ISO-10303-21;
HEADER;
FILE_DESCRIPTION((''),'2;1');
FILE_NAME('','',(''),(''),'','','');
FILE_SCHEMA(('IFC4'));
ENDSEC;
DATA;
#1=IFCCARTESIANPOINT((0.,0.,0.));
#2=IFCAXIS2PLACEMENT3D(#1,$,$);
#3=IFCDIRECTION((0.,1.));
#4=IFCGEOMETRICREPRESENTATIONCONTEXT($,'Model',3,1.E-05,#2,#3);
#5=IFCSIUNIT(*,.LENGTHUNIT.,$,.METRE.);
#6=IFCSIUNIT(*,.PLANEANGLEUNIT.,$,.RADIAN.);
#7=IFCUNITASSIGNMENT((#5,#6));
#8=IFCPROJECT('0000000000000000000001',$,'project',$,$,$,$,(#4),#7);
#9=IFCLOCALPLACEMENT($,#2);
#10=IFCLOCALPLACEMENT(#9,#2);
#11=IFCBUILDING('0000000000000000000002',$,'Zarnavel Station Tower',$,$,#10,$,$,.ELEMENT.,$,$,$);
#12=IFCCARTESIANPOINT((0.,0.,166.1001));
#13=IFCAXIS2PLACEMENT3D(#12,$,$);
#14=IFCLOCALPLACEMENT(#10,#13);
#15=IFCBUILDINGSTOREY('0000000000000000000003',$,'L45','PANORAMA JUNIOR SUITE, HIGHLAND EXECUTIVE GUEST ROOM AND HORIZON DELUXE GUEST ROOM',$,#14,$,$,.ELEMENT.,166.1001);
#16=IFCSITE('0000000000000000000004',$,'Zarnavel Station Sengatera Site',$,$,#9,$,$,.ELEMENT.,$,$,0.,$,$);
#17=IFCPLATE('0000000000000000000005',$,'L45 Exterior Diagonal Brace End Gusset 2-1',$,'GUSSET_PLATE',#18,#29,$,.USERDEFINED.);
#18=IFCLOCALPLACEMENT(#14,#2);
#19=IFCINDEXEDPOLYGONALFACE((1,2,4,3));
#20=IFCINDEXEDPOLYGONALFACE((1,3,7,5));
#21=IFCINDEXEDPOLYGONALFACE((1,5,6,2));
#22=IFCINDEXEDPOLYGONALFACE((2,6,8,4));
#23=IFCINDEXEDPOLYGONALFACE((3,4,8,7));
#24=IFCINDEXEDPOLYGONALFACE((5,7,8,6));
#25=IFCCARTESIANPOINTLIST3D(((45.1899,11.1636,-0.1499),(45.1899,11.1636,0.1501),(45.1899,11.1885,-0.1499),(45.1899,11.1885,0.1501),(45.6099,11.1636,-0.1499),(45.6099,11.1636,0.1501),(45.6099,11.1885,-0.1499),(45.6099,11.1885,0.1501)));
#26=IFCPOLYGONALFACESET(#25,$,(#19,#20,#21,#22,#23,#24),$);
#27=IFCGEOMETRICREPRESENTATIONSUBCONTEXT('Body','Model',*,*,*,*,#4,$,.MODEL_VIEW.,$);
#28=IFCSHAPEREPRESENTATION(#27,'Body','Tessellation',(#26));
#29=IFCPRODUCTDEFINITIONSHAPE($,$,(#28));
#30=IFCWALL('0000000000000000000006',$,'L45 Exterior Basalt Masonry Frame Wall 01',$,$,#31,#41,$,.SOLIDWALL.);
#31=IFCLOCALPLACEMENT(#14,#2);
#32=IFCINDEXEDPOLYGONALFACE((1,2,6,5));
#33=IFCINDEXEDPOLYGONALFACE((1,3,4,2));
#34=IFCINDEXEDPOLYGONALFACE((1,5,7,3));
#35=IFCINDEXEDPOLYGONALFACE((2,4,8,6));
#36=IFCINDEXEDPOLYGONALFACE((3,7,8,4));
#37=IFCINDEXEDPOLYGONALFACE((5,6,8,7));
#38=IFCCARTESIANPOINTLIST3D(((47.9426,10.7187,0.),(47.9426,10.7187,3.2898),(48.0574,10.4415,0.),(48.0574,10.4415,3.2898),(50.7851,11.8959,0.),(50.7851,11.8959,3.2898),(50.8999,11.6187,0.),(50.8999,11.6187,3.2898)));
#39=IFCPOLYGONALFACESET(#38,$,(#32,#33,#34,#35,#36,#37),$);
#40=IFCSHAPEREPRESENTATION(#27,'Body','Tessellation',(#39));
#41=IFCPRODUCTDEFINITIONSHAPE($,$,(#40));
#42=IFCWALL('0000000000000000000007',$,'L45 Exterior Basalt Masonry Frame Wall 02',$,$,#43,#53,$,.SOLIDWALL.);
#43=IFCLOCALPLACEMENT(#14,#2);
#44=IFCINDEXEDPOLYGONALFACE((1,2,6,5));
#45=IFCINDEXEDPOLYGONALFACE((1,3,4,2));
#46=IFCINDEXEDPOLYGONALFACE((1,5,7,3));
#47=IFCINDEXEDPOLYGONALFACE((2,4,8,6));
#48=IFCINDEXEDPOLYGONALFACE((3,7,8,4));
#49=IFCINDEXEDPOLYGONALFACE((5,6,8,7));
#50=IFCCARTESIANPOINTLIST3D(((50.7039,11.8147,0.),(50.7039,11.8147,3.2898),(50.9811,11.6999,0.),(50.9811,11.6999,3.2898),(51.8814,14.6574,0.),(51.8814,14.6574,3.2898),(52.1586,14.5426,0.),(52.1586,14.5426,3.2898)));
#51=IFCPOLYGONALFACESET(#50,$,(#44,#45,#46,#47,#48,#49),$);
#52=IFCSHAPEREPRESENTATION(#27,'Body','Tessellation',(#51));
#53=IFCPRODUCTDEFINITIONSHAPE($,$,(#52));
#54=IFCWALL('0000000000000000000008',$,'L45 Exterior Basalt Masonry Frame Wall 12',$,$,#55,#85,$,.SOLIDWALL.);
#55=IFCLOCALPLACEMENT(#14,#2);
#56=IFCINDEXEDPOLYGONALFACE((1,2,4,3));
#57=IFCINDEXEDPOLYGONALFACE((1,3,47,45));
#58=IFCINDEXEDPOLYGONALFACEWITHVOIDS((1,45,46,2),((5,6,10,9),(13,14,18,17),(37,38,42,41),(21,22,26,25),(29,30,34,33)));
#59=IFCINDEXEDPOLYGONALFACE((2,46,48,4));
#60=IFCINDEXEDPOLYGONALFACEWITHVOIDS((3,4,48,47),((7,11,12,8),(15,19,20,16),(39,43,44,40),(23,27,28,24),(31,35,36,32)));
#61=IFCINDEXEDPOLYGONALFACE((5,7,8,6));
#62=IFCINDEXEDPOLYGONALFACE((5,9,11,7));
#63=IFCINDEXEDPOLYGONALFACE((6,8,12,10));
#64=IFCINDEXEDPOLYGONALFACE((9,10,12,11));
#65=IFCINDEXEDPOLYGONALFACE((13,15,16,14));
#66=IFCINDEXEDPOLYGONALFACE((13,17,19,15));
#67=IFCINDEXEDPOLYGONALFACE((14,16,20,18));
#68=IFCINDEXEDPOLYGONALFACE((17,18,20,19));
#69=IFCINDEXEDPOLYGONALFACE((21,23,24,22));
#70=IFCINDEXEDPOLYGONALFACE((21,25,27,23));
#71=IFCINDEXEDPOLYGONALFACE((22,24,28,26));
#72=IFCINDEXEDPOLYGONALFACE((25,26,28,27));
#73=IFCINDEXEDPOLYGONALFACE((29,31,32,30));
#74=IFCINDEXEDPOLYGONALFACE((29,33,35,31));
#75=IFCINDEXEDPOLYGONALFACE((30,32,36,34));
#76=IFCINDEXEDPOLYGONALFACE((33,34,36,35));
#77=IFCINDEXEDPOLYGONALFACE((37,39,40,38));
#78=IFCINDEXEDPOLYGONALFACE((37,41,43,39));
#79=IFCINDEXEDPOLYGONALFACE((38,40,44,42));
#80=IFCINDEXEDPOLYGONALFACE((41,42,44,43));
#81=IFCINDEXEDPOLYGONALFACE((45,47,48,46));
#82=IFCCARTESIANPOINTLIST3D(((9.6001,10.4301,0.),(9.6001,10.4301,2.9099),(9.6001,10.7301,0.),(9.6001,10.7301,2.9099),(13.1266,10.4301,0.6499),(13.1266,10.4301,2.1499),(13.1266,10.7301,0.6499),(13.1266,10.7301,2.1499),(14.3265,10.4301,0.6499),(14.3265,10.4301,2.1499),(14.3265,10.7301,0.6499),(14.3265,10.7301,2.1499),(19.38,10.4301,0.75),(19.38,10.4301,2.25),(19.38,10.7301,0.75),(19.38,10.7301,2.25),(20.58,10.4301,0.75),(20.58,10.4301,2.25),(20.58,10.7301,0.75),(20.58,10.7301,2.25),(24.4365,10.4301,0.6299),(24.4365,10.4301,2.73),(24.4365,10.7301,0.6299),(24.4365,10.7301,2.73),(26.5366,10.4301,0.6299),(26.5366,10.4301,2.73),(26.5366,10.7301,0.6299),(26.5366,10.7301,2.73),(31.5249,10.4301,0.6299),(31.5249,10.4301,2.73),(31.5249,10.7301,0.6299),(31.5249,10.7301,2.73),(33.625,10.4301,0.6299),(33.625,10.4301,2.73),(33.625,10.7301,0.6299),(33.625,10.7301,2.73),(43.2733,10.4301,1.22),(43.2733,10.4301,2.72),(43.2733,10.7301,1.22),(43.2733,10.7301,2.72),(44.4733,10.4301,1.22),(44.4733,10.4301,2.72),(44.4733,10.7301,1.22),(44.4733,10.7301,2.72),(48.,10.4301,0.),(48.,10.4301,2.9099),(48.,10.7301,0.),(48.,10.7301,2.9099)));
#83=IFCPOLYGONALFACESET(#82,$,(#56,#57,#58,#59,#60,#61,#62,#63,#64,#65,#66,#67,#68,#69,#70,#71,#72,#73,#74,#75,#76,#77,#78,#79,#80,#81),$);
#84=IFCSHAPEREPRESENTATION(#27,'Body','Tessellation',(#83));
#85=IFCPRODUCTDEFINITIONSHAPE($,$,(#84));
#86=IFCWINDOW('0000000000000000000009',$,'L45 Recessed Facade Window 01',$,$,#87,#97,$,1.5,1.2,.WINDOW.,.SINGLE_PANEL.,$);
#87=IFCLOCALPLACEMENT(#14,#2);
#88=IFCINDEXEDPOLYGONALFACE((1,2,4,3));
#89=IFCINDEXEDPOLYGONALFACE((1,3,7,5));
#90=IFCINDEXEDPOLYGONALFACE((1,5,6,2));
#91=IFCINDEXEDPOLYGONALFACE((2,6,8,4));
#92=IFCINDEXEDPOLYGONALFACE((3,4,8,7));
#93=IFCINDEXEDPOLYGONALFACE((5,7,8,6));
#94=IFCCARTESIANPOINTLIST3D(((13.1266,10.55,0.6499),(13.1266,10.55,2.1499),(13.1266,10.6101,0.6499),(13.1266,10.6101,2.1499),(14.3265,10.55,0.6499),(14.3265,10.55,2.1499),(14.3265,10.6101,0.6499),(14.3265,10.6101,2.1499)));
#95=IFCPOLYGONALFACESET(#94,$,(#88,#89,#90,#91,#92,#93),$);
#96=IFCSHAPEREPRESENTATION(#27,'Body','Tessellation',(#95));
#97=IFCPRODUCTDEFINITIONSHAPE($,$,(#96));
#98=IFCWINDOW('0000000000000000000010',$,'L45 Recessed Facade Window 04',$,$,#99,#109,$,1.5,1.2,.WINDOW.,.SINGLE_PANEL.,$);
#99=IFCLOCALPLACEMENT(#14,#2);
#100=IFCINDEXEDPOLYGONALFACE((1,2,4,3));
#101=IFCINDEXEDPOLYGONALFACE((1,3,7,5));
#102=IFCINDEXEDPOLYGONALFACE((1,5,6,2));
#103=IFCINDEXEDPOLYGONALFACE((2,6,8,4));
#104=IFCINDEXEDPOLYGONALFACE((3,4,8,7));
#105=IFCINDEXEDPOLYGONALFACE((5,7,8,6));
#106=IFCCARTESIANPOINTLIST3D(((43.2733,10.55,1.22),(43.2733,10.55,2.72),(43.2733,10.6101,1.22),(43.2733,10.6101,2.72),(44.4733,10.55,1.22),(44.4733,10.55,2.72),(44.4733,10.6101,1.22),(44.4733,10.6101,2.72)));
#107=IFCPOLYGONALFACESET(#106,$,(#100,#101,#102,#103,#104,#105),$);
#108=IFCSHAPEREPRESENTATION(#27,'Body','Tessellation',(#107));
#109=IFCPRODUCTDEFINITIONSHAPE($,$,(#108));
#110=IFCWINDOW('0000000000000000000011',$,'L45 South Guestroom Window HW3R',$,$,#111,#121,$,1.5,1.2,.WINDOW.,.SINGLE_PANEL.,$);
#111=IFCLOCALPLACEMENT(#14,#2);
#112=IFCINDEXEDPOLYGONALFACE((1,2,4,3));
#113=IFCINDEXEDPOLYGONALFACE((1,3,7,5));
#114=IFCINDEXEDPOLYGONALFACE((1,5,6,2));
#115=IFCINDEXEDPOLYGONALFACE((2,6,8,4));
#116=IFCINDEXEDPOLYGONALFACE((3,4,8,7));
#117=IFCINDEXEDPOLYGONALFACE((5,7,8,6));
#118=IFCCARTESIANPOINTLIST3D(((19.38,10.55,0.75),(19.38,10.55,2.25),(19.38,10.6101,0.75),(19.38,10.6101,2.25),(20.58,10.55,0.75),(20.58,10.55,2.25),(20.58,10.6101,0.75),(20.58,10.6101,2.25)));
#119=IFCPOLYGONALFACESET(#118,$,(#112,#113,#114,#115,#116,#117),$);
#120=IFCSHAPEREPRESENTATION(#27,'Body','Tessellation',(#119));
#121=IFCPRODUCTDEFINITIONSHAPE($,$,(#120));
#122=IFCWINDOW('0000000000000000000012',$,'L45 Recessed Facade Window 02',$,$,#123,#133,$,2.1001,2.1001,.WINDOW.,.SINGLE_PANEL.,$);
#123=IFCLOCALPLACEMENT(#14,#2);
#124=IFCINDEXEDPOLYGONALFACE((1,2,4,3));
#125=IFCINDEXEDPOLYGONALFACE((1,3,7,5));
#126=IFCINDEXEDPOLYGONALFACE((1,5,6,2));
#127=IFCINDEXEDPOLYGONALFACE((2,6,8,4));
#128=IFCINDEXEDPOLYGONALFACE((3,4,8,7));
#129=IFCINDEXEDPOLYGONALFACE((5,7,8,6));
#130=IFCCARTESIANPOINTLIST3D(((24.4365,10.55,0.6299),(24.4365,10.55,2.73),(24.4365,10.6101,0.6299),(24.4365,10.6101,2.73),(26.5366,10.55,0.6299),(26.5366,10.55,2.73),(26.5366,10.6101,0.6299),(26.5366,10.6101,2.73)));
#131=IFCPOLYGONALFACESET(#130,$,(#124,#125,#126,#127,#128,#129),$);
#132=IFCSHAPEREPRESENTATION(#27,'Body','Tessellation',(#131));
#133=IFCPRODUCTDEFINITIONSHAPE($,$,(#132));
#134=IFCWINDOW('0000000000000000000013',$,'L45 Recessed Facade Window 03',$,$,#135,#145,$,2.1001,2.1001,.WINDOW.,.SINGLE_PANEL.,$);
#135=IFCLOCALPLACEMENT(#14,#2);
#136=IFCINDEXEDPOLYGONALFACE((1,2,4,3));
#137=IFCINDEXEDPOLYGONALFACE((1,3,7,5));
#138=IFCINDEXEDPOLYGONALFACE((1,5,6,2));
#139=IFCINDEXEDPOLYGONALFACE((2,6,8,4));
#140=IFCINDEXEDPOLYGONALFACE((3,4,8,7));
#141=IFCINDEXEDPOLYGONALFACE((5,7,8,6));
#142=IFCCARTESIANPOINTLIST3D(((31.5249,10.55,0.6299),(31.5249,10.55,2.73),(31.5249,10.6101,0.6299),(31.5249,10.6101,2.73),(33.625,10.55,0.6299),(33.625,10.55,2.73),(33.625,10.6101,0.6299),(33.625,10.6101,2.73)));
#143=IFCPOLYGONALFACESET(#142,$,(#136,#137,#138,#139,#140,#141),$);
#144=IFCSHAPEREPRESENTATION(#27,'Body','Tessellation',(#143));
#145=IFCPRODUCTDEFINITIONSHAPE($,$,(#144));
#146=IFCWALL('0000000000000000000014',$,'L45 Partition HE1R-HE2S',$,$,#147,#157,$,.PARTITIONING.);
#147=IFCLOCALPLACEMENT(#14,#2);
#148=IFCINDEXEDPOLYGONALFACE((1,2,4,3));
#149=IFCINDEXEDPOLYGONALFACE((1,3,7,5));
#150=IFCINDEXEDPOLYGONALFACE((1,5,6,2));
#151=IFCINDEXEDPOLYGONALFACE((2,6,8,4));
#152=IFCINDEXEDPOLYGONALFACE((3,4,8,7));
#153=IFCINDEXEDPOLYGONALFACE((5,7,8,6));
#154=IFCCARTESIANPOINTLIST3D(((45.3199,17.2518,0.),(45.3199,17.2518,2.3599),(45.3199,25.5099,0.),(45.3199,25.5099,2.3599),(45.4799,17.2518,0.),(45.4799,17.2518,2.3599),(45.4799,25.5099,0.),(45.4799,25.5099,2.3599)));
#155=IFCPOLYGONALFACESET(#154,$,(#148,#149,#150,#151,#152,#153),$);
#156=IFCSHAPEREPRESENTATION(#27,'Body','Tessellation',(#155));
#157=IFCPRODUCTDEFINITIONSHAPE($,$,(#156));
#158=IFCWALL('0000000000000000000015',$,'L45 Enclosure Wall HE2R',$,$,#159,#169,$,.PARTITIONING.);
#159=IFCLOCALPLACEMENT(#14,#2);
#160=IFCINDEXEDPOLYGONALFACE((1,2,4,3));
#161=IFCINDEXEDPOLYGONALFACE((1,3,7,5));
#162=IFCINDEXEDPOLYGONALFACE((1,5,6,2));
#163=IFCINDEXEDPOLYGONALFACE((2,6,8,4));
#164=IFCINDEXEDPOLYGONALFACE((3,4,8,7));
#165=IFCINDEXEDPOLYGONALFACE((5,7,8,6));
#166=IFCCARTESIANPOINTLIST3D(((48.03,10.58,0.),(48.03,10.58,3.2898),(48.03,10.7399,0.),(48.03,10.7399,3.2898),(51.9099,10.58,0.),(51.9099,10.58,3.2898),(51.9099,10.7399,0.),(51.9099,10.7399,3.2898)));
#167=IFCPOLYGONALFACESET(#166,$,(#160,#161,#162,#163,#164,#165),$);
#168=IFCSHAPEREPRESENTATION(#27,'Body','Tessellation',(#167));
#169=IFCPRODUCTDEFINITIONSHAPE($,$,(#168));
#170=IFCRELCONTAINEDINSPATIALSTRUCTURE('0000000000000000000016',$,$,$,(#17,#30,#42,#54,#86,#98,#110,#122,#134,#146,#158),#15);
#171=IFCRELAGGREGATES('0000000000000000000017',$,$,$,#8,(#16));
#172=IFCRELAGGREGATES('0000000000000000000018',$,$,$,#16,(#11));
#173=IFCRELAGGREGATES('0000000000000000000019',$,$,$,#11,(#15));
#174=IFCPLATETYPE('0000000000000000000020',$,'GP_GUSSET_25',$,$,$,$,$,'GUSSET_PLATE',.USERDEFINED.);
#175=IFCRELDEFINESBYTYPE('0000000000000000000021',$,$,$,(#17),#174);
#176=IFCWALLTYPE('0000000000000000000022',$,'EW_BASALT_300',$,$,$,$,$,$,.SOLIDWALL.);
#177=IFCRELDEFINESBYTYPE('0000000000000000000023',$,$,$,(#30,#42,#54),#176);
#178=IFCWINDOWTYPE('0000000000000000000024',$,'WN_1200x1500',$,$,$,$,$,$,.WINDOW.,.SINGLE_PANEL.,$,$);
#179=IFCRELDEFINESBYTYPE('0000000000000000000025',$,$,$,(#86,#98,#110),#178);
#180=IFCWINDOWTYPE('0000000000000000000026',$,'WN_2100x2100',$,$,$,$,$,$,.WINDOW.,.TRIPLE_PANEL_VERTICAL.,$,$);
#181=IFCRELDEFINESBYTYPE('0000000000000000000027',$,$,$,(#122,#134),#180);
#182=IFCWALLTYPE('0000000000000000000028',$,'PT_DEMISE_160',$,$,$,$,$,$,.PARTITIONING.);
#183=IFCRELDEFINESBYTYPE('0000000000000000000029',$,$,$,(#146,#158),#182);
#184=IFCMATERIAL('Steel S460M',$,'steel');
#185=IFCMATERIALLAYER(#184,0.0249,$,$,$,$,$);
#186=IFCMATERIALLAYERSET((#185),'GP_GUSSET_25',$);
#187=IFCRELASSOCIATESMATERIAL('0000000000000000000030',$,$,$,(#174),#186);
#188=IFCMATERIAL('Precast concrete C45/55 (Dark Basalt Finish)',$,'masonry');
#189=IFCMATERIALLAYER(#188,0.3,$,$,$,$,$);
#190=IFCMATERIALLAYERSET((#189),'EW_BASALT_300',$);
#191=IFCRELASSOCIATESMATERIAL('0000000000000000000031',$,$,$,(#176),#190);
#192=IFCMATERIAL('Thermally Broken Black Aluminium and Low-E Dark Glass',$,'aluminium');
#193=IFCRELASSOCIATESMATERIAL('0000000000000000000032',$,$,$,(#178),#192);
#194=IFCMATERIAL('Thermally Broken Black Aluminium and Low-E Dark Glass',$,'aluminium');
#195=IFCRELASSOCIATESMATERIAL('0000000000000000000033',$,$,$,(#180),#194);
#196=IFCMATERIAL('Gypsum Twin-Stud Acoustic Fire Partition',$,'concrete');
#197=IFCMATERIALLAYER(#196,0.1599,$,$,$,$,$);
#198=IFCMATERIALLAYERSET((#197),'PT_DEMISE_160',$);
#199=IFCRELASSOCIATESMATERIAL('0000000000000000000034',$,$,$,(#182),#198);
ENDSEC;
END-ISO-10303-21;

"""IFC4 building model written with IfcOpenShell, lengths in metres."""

from ifc_helpers import new_model, si_unit, direction, frame, frame_2d, origin, origin_2d, place, context, subcontext, project, spatial, rectangle, extrude, material, layer, layer_set, type_object, element, fill, save


model = new_model("IFC4")

# Units and contexts
model_context = context("Model", 3, precision=1e-05, world=origin(), true_north=direction((0.0, 1.0)))
body_context = subcontext(model_context, "Body", "Model", "MODEL_VIEW")
ifc_project = project(units=[si_unit("LENGTHUNIT", "METRE"), si_unit("PLANEANGLEUNIT", "RADIAN")], contexts=[model_context])

# Site, building, storey
site_placement = place(None, origin())
site = spatial("IfcSite", under=ifc_project, at=site_placement, Name="Zarnavel Station Sengatera Site", CompositionType="ELEMENT", RefElevation=0.0)
building_placement = place(site_placement, origin())
building = spatial("IfcBuilding", under=site, at=building_placement, Name="Zarnavel Station Tower", CompositionType="ELEMENT")
storey_placement = place(building_placement, frame((0.0, 0.0, 166.1001)))
storey = spatial("IfcBuildingStorey", under=building, at=storey_placement, Name="L45", Description="PANORAMA JUNIOR SUITE, HIGHLAND EXECUTIVE GUEST ROOM AND HORIZON DELUXE GUEST ROOM", CompositionType="ELEMENT", Elevation=166.1001)

# Plate
ifc_material_1 = material(Name="Steel S460M", Category="steel")
ifc_layer_1 = layer(ifc_material_1, 0.0249)
ifc_layer_set_1 = layer_set([ifc_layer_1], Name="GP_GUSSET_25")
plate_type = type_object("IfcPlateType", Name="GP_GUSSET_25", ElementType="GUSSET_PLATE", PredefinedType="USERDEFINED", material=ifc_layer_set_1)
plate_placement = place(storey_placement, frame((45.3999, 11.176, -0.1499), z_axis=(0.0, 0.0, 1.0), x_axis=(1.0, 0.0, 0.0)))
element("IfcPlate", 1, at=plate_placement, inside=storey, type_object=plate_type, Name="L45 Exterior Diagonal Brace End Gusset 2-1", ObjectType="GUSSET_PLATE", PredefinedType="USERDEFINED", context=body_context, shape_type="SweptSolid", body=[
    extrude(rectangle(XDim=0.4199, YDim=0.0249, at=origin_2d()), origin(), (0.0, 0.0, 1.0), 0.3),
])

# Walls
ifc_material_2 = material(Name="Precast concrete C45/55 (Dark Basalt Finish)", Category="masonry")
ifc_layer_2 = layer(ifc_material_2, 0.3)
ifc_layer_set_2 = layer_set([ifc_layer_2], Name="EW_BASALT_300")
wall_type_1 = type_object("IfcWallType", Name="EW_BASALT_300", PredefinedType="SOLIDWALL", material=ifc_layer_set_2)
wall_1_placement = place(storey_placement, frame((50.8425, 11.7573, 0.0), z_axis=(0.0, 0.0, 1.0), x_axis=(-0.923899, -0.382637, 0.0)))
element("IfcWall", 2, at=wall_1_placement, inside=storey, type_object=wall_type_1, Name="L45 Exterior Basalt Masonry Frame Wall 01", PredefinedType="SOLIDWALL", context=body_context, shape_type="SweptSolid", body=[
    extrude(rectangle(XDim=3.0767, YDim=0.3, at=frame_2d((1.5383, 0.0))), origin(), (0.0, 0.0, 1.0), 3.2898),
])
wall_2_placement = place(storey_placement, frame((52.02, 14.6001, 0.0), z_axis=(0.0, 0.0, 1.0), x_axis=(-0.382676, -0.923882, 0.0)))
element("IfcWall", 3, at=wall_2_placement, inside=storey, type_object=wall_type_1, Name="L45 Exterior Basalt Masonry Frame Wall 02", PredefinedType="SOLIDWALL", context=body_context, shape_type="SweptSolid", body=[
    extrude(rectangle(XDim=3.0769, YDim=0.3, at=frame_2d((1.5386, 0.0))), origin(), (0.0, 0.0, 1.0), 3.2898),
])

# Wall, openings, windows
wall_3_placement = place(storey_placement, frame((48.0, 10.5801, 0.0), z_axis=(0.0, 0.0, 1.0), x_axis=(-1.0, 0.0, 0.0)))
wall_3 = element("IfcWall", 4, at=wall_3_placement, inside=storey, type_object=wall_type_1, Name="L45 Exterior Basalt Masonry Frame Wall 12", PredefinedType="SOLIDWALL", context=body_context, shape_type="SweptSolid", body=[
    extrude(rectangle(XDim=38.3999, YDim=0.3, at=frame_2d((19.2, 0.0))), origin(), (0.0, 0.0, 1.0), 2.9099),
])
opening_1_placement = place(wall_3_placement, frame((33.6733, 0.0, 0.6499)))
opening_1 = element("IfcOpeningElement", 5, at=opening_1_placement, cuts=wall_3, PredefinedType="OPENING", context=body_context, shape_type="SweptSolid", body=[
    extrude(rectangle(XDim=1.2, YDim=1.5, at=frame_2d((0.6001, 0.75))), frame((0.0, 0.1599, 0.0), z_axis=(0.0, -1.0, 0.0), x_axis=(1.0, 0.0, 0.0)), (0.0, 0.0, 1.0), 0.3201),
])
opening_2_placement = place(wall_3_placement, frame((21.4634, 0.0, 0.6299)))
opening_2 = element("IfcOpeningElement", 6, at=opening_2_placement, cuts=wall_3, PredefinedType="OPENING", context=body_context, shape_type="SweptSolid", body=[
    extrude(rectangle(XDim=2.1001, YDim=2.1001, at=frame_2d((1.05, 1.05))), frame((0.0, 0.1599, 0.0), z_axis=(0.0, -1.0, 0.0), x_axis=(1.0, 0.0, 0.0)), (0.0, 0.0, 1.0), 0.3201),
])
opening_3_placement = place(wall_3_placement, frame((14.375, 0.0, 0.6299)))
opening_3 = element("IfcOpeningElement", 7, at=opening_3_placement, cuts=wall_3, PredefinedType="OPENING", context=body_context, shape_type="SweptSolid", body=[
    extrude(rectangle(XDim=2.1001, YDim=2.1001, at=frame_2d((1.05, 1.05))), frame((0.0, 0.1599, 0.0), z_axis=(0.0, -1.0, 0.0), x_axis=(1.0, 0.0, 0.0)), (0.0, 0.0, 1.0), 0.3201),
])
opening_4_placement = place(wall_3_placement, frame((3.5266, 0.0, 1.22)))
opening_4 = element("IfcOpeningElement", 8, at=opening_4_placement, cuts=wall_3, PredefinedType="OPENING", context=body_context, shape_type="SweptSolid", body=[
    extrude(rectangle(XDim=1.2, YDim=1.5, at=frame_2d((0.6001, 0.75))), frame((0.0, 0.1599, 0.0), z_axis=(0.0, -1.0, 0.0), x_axis=(1.0, 0.0, 0.0)), (0.0, 0.0, 1.0), 0.3201),
])
opening_5_placement = place(wall_3_placement, frame((27.4199, 0.0, 0.75)))
opening_5 = element("IfcOpeningElement", 9, at=opening_5_placement, cuts=wall_3, PredefinedType="OPENING", context=body_context, shape_type="SweptSolid", body=[
    extrude(rectangle(XDim=1.2, YDim=1.5, at=frame_2d((0.6001, 0.75))), frame((0.0, 0.1599, 0.0), z_axis=(0.0, -1.0, 0.0), x_axis=(1.0, 0.0, 0.0)), (0.0, 0.0, 1.0), 0.3201),
])
ifc_material_3 = material(Name="Thermally Broken Black Aluminium and Low-E Dark Glass", Category="aluminium")
window_type_1 = type_object("IfcWindowType", Name="WN_1200x1500", PartitioningType="SINGLE_PANEL", PredefinedType="WINDOW", material=ifc_material_3)
window_1_placement = place(opening_1_placement, origin())
window_1 = element("IfcWindow", 10, at=window_1_placement, inside=storey, type_object=window_type_1, Name="L45 Recessed Facade Window 01", OverallHeight=1.5, OverallWidth=1.2, PartitioningType="SINGLE_PANEL", PredefinedType="WINDOW", context=body_context, shape_type="SweptSolid", body=[
    extrude(rectangle(XDim=1.2, YDim=1.5, at=frame_2d((0.6001, 0.75))), frame((0.0, 0.03, 0.0), z_axis=(0.0, -1.0, 0.0), x_axis=(1.0, 0.0, 0.0)), (0.0, 0.0, 1.0), 0.0601),
])
fill(opening_1, window_1)
window_2_placement = place(opening_4_placement, origin())
window_2 = element("IfcWindow", 11, at=window_2_placement, inside=storey, type_object=window_type_1, Name="L45 Recessed Facade Window 04", OverallHeight=1.5, OverallWidth=1.2, PartitioningType="SINGLE_PANEL", PredefinedType="WINDOW", context=body_context, shape_type="SweptSolid", body=[
    extrude(rectangle(XDim=1.2, YDim=1.5, at=frame_2d((0.6001, 0.75))), frame((0.0, 0.03, 0.0), z_axis=(0.0, -1.0, 0.0), x_axis=(1.0, 0.0, 0.0)), (0.0, 0.0, 1.0), 0.0601),
])
fill(opening_4, window_2)
window_3_placement = place(opening_5_placement, origin())
window_3 = element("IfcWindow", 12, at=window_3_placement, inside=storey, type_object=window_type_1, Name="L45 South Guestroom Window HW3R", OverallHeight=1.5, OverallWidth=1.2, PartitioningType="SINGLE_PANEL", PredefinedType="WINDOW", context=body_context, shape_type="SweptSolid", body=[
    extrude(rectangle(XDim=1.2, YDim=1.5, at=frame_2d((0.6001, 0.75))), frame((0.0, 0.03, 0.0), z_axis=(0.0, -1.0, 0.0), x_axis=(1.0, 0.0, 0.0)), (0.0, 0.0, 1.0), 0.0601),
])
fill(opening_5, window_3)
ifc_material_4 = material(Name="Thermally Broken Black Aluminium and Low-E Dark Glass", Category="aluminium")
window_type_2 = type_object("IfcWindowType", Name="WN_2100x2100", PartitioningType="TRIPLE_PANEL_VERTICAL", PredefinedType="WINDOW", material=ifc_material_4)
window_4_placement = place(opening_2_placement, origin())
window_4 = element("IfcWindow", 13, at=window_4_placement, inside=storey, type_object=window_type_2, Name="L45 Recessed Facade Window 02", OverallHeight=2.1001, OverallWidth=2.1001, PartitioningType="SINGLE_PANEL", PredefinedType="WINDOW", context=body_context, shape_type="SweptSolid", body=[
    extrude(rectangle(XDim=2.1001, YDim=2.1001, at=frame_2d((1.05, 1.05))), frame((0.0, 0.03, 0.0), z_axis=(0.0, -1.0, 0.0), x_axis=(1.0, 0.0, 0.0)), (0.0, 0.0, 1.0), 0.0601),
])
fill(opening_2, window_4)
window_5_placement = place(opening_3_placement, origin())
window_5 = element("IfcWindow", 14, at=window_5_placement, inside=storey, type_object=window_type_2, Name="L45 Recessed Facade Window 03", OverallHeight=2.1001, OverallWidth=2.1001, PartitioningType="SINGLE_PANEL", PredefinedType="WINDOW", context=body_context, shape_type="SweptSolid", body=[
    extrude(rectangle(XDim=2.1001, YDim=2.1001, at=frame_2d((1.05, 1.05))), frame((0.0, 0.03, 0.0), z_axis=(0.0, -1.0, 0.0), x_axis=(1.0, 0.0, 0.0)), (0.0, 0.0, 1.0), 0.0601),
])
fill(opening_3, window_5)

# Walls
ifc_material_5 = material(Name="Gypsum Twin-Stud Acoustic Fire Partition", Category="concrete")
ifc_layer_3 = layer(ifc_material_5, 0.1599)
ifc_layer_set_3 = layer_set([ifc_layer_3], Name="PT_DEMISE_160")
wall_type_2 = type_object("IfcWallType", Name="PT_DEMISE_160", PredefinedType="PARTITIONING", material=ifc_layer_set_3)
wall_4_placement = place(storey_placement, frame((45.3999, 17.252, 0.0), z_axis=(0.0, 0.0, 1.0), x_axis=(0.0, 1.0, 0.0)))
element("IfcWall", 15, at=wall_4_placement, inside=storey, type_object=wall_type_2, Name="L45 Partition HE1R-HE2S", PredefinedType="PARTITIONING", context=body_context, shape_type="SweptSolid", body=[
    extrude(rectangle(XDim=8.2581, YDim=0.1599, at=frame_2d((4.1289, 0.0))), origin(), (0.0, 0.0, 1.0), 2.3599),
])
wall_5_placement = place(storey_placement, frame((48.03, 10.6599, 0.0), z_axis=(0.0, 0.0, 1.0), x_axis=(1.0, 0.0, 0.0)))
element("IfcWall", 16, at=wall_5_placement, inside=storey, type_object=wall_type_2, Name="L45 Enclosure Wall HE2R", PredefinedType="PARTITIONING", context=body_context, shape_type="SweptSolid", body=[
    extrude(rectangle(XDim=3.8799, YDim=0.1599, at=frame_2d((1.9399, 0.0))), origin(), (0.0, 0.0, 1.0), 3.2898),
])

save(model, "model.ifc")
